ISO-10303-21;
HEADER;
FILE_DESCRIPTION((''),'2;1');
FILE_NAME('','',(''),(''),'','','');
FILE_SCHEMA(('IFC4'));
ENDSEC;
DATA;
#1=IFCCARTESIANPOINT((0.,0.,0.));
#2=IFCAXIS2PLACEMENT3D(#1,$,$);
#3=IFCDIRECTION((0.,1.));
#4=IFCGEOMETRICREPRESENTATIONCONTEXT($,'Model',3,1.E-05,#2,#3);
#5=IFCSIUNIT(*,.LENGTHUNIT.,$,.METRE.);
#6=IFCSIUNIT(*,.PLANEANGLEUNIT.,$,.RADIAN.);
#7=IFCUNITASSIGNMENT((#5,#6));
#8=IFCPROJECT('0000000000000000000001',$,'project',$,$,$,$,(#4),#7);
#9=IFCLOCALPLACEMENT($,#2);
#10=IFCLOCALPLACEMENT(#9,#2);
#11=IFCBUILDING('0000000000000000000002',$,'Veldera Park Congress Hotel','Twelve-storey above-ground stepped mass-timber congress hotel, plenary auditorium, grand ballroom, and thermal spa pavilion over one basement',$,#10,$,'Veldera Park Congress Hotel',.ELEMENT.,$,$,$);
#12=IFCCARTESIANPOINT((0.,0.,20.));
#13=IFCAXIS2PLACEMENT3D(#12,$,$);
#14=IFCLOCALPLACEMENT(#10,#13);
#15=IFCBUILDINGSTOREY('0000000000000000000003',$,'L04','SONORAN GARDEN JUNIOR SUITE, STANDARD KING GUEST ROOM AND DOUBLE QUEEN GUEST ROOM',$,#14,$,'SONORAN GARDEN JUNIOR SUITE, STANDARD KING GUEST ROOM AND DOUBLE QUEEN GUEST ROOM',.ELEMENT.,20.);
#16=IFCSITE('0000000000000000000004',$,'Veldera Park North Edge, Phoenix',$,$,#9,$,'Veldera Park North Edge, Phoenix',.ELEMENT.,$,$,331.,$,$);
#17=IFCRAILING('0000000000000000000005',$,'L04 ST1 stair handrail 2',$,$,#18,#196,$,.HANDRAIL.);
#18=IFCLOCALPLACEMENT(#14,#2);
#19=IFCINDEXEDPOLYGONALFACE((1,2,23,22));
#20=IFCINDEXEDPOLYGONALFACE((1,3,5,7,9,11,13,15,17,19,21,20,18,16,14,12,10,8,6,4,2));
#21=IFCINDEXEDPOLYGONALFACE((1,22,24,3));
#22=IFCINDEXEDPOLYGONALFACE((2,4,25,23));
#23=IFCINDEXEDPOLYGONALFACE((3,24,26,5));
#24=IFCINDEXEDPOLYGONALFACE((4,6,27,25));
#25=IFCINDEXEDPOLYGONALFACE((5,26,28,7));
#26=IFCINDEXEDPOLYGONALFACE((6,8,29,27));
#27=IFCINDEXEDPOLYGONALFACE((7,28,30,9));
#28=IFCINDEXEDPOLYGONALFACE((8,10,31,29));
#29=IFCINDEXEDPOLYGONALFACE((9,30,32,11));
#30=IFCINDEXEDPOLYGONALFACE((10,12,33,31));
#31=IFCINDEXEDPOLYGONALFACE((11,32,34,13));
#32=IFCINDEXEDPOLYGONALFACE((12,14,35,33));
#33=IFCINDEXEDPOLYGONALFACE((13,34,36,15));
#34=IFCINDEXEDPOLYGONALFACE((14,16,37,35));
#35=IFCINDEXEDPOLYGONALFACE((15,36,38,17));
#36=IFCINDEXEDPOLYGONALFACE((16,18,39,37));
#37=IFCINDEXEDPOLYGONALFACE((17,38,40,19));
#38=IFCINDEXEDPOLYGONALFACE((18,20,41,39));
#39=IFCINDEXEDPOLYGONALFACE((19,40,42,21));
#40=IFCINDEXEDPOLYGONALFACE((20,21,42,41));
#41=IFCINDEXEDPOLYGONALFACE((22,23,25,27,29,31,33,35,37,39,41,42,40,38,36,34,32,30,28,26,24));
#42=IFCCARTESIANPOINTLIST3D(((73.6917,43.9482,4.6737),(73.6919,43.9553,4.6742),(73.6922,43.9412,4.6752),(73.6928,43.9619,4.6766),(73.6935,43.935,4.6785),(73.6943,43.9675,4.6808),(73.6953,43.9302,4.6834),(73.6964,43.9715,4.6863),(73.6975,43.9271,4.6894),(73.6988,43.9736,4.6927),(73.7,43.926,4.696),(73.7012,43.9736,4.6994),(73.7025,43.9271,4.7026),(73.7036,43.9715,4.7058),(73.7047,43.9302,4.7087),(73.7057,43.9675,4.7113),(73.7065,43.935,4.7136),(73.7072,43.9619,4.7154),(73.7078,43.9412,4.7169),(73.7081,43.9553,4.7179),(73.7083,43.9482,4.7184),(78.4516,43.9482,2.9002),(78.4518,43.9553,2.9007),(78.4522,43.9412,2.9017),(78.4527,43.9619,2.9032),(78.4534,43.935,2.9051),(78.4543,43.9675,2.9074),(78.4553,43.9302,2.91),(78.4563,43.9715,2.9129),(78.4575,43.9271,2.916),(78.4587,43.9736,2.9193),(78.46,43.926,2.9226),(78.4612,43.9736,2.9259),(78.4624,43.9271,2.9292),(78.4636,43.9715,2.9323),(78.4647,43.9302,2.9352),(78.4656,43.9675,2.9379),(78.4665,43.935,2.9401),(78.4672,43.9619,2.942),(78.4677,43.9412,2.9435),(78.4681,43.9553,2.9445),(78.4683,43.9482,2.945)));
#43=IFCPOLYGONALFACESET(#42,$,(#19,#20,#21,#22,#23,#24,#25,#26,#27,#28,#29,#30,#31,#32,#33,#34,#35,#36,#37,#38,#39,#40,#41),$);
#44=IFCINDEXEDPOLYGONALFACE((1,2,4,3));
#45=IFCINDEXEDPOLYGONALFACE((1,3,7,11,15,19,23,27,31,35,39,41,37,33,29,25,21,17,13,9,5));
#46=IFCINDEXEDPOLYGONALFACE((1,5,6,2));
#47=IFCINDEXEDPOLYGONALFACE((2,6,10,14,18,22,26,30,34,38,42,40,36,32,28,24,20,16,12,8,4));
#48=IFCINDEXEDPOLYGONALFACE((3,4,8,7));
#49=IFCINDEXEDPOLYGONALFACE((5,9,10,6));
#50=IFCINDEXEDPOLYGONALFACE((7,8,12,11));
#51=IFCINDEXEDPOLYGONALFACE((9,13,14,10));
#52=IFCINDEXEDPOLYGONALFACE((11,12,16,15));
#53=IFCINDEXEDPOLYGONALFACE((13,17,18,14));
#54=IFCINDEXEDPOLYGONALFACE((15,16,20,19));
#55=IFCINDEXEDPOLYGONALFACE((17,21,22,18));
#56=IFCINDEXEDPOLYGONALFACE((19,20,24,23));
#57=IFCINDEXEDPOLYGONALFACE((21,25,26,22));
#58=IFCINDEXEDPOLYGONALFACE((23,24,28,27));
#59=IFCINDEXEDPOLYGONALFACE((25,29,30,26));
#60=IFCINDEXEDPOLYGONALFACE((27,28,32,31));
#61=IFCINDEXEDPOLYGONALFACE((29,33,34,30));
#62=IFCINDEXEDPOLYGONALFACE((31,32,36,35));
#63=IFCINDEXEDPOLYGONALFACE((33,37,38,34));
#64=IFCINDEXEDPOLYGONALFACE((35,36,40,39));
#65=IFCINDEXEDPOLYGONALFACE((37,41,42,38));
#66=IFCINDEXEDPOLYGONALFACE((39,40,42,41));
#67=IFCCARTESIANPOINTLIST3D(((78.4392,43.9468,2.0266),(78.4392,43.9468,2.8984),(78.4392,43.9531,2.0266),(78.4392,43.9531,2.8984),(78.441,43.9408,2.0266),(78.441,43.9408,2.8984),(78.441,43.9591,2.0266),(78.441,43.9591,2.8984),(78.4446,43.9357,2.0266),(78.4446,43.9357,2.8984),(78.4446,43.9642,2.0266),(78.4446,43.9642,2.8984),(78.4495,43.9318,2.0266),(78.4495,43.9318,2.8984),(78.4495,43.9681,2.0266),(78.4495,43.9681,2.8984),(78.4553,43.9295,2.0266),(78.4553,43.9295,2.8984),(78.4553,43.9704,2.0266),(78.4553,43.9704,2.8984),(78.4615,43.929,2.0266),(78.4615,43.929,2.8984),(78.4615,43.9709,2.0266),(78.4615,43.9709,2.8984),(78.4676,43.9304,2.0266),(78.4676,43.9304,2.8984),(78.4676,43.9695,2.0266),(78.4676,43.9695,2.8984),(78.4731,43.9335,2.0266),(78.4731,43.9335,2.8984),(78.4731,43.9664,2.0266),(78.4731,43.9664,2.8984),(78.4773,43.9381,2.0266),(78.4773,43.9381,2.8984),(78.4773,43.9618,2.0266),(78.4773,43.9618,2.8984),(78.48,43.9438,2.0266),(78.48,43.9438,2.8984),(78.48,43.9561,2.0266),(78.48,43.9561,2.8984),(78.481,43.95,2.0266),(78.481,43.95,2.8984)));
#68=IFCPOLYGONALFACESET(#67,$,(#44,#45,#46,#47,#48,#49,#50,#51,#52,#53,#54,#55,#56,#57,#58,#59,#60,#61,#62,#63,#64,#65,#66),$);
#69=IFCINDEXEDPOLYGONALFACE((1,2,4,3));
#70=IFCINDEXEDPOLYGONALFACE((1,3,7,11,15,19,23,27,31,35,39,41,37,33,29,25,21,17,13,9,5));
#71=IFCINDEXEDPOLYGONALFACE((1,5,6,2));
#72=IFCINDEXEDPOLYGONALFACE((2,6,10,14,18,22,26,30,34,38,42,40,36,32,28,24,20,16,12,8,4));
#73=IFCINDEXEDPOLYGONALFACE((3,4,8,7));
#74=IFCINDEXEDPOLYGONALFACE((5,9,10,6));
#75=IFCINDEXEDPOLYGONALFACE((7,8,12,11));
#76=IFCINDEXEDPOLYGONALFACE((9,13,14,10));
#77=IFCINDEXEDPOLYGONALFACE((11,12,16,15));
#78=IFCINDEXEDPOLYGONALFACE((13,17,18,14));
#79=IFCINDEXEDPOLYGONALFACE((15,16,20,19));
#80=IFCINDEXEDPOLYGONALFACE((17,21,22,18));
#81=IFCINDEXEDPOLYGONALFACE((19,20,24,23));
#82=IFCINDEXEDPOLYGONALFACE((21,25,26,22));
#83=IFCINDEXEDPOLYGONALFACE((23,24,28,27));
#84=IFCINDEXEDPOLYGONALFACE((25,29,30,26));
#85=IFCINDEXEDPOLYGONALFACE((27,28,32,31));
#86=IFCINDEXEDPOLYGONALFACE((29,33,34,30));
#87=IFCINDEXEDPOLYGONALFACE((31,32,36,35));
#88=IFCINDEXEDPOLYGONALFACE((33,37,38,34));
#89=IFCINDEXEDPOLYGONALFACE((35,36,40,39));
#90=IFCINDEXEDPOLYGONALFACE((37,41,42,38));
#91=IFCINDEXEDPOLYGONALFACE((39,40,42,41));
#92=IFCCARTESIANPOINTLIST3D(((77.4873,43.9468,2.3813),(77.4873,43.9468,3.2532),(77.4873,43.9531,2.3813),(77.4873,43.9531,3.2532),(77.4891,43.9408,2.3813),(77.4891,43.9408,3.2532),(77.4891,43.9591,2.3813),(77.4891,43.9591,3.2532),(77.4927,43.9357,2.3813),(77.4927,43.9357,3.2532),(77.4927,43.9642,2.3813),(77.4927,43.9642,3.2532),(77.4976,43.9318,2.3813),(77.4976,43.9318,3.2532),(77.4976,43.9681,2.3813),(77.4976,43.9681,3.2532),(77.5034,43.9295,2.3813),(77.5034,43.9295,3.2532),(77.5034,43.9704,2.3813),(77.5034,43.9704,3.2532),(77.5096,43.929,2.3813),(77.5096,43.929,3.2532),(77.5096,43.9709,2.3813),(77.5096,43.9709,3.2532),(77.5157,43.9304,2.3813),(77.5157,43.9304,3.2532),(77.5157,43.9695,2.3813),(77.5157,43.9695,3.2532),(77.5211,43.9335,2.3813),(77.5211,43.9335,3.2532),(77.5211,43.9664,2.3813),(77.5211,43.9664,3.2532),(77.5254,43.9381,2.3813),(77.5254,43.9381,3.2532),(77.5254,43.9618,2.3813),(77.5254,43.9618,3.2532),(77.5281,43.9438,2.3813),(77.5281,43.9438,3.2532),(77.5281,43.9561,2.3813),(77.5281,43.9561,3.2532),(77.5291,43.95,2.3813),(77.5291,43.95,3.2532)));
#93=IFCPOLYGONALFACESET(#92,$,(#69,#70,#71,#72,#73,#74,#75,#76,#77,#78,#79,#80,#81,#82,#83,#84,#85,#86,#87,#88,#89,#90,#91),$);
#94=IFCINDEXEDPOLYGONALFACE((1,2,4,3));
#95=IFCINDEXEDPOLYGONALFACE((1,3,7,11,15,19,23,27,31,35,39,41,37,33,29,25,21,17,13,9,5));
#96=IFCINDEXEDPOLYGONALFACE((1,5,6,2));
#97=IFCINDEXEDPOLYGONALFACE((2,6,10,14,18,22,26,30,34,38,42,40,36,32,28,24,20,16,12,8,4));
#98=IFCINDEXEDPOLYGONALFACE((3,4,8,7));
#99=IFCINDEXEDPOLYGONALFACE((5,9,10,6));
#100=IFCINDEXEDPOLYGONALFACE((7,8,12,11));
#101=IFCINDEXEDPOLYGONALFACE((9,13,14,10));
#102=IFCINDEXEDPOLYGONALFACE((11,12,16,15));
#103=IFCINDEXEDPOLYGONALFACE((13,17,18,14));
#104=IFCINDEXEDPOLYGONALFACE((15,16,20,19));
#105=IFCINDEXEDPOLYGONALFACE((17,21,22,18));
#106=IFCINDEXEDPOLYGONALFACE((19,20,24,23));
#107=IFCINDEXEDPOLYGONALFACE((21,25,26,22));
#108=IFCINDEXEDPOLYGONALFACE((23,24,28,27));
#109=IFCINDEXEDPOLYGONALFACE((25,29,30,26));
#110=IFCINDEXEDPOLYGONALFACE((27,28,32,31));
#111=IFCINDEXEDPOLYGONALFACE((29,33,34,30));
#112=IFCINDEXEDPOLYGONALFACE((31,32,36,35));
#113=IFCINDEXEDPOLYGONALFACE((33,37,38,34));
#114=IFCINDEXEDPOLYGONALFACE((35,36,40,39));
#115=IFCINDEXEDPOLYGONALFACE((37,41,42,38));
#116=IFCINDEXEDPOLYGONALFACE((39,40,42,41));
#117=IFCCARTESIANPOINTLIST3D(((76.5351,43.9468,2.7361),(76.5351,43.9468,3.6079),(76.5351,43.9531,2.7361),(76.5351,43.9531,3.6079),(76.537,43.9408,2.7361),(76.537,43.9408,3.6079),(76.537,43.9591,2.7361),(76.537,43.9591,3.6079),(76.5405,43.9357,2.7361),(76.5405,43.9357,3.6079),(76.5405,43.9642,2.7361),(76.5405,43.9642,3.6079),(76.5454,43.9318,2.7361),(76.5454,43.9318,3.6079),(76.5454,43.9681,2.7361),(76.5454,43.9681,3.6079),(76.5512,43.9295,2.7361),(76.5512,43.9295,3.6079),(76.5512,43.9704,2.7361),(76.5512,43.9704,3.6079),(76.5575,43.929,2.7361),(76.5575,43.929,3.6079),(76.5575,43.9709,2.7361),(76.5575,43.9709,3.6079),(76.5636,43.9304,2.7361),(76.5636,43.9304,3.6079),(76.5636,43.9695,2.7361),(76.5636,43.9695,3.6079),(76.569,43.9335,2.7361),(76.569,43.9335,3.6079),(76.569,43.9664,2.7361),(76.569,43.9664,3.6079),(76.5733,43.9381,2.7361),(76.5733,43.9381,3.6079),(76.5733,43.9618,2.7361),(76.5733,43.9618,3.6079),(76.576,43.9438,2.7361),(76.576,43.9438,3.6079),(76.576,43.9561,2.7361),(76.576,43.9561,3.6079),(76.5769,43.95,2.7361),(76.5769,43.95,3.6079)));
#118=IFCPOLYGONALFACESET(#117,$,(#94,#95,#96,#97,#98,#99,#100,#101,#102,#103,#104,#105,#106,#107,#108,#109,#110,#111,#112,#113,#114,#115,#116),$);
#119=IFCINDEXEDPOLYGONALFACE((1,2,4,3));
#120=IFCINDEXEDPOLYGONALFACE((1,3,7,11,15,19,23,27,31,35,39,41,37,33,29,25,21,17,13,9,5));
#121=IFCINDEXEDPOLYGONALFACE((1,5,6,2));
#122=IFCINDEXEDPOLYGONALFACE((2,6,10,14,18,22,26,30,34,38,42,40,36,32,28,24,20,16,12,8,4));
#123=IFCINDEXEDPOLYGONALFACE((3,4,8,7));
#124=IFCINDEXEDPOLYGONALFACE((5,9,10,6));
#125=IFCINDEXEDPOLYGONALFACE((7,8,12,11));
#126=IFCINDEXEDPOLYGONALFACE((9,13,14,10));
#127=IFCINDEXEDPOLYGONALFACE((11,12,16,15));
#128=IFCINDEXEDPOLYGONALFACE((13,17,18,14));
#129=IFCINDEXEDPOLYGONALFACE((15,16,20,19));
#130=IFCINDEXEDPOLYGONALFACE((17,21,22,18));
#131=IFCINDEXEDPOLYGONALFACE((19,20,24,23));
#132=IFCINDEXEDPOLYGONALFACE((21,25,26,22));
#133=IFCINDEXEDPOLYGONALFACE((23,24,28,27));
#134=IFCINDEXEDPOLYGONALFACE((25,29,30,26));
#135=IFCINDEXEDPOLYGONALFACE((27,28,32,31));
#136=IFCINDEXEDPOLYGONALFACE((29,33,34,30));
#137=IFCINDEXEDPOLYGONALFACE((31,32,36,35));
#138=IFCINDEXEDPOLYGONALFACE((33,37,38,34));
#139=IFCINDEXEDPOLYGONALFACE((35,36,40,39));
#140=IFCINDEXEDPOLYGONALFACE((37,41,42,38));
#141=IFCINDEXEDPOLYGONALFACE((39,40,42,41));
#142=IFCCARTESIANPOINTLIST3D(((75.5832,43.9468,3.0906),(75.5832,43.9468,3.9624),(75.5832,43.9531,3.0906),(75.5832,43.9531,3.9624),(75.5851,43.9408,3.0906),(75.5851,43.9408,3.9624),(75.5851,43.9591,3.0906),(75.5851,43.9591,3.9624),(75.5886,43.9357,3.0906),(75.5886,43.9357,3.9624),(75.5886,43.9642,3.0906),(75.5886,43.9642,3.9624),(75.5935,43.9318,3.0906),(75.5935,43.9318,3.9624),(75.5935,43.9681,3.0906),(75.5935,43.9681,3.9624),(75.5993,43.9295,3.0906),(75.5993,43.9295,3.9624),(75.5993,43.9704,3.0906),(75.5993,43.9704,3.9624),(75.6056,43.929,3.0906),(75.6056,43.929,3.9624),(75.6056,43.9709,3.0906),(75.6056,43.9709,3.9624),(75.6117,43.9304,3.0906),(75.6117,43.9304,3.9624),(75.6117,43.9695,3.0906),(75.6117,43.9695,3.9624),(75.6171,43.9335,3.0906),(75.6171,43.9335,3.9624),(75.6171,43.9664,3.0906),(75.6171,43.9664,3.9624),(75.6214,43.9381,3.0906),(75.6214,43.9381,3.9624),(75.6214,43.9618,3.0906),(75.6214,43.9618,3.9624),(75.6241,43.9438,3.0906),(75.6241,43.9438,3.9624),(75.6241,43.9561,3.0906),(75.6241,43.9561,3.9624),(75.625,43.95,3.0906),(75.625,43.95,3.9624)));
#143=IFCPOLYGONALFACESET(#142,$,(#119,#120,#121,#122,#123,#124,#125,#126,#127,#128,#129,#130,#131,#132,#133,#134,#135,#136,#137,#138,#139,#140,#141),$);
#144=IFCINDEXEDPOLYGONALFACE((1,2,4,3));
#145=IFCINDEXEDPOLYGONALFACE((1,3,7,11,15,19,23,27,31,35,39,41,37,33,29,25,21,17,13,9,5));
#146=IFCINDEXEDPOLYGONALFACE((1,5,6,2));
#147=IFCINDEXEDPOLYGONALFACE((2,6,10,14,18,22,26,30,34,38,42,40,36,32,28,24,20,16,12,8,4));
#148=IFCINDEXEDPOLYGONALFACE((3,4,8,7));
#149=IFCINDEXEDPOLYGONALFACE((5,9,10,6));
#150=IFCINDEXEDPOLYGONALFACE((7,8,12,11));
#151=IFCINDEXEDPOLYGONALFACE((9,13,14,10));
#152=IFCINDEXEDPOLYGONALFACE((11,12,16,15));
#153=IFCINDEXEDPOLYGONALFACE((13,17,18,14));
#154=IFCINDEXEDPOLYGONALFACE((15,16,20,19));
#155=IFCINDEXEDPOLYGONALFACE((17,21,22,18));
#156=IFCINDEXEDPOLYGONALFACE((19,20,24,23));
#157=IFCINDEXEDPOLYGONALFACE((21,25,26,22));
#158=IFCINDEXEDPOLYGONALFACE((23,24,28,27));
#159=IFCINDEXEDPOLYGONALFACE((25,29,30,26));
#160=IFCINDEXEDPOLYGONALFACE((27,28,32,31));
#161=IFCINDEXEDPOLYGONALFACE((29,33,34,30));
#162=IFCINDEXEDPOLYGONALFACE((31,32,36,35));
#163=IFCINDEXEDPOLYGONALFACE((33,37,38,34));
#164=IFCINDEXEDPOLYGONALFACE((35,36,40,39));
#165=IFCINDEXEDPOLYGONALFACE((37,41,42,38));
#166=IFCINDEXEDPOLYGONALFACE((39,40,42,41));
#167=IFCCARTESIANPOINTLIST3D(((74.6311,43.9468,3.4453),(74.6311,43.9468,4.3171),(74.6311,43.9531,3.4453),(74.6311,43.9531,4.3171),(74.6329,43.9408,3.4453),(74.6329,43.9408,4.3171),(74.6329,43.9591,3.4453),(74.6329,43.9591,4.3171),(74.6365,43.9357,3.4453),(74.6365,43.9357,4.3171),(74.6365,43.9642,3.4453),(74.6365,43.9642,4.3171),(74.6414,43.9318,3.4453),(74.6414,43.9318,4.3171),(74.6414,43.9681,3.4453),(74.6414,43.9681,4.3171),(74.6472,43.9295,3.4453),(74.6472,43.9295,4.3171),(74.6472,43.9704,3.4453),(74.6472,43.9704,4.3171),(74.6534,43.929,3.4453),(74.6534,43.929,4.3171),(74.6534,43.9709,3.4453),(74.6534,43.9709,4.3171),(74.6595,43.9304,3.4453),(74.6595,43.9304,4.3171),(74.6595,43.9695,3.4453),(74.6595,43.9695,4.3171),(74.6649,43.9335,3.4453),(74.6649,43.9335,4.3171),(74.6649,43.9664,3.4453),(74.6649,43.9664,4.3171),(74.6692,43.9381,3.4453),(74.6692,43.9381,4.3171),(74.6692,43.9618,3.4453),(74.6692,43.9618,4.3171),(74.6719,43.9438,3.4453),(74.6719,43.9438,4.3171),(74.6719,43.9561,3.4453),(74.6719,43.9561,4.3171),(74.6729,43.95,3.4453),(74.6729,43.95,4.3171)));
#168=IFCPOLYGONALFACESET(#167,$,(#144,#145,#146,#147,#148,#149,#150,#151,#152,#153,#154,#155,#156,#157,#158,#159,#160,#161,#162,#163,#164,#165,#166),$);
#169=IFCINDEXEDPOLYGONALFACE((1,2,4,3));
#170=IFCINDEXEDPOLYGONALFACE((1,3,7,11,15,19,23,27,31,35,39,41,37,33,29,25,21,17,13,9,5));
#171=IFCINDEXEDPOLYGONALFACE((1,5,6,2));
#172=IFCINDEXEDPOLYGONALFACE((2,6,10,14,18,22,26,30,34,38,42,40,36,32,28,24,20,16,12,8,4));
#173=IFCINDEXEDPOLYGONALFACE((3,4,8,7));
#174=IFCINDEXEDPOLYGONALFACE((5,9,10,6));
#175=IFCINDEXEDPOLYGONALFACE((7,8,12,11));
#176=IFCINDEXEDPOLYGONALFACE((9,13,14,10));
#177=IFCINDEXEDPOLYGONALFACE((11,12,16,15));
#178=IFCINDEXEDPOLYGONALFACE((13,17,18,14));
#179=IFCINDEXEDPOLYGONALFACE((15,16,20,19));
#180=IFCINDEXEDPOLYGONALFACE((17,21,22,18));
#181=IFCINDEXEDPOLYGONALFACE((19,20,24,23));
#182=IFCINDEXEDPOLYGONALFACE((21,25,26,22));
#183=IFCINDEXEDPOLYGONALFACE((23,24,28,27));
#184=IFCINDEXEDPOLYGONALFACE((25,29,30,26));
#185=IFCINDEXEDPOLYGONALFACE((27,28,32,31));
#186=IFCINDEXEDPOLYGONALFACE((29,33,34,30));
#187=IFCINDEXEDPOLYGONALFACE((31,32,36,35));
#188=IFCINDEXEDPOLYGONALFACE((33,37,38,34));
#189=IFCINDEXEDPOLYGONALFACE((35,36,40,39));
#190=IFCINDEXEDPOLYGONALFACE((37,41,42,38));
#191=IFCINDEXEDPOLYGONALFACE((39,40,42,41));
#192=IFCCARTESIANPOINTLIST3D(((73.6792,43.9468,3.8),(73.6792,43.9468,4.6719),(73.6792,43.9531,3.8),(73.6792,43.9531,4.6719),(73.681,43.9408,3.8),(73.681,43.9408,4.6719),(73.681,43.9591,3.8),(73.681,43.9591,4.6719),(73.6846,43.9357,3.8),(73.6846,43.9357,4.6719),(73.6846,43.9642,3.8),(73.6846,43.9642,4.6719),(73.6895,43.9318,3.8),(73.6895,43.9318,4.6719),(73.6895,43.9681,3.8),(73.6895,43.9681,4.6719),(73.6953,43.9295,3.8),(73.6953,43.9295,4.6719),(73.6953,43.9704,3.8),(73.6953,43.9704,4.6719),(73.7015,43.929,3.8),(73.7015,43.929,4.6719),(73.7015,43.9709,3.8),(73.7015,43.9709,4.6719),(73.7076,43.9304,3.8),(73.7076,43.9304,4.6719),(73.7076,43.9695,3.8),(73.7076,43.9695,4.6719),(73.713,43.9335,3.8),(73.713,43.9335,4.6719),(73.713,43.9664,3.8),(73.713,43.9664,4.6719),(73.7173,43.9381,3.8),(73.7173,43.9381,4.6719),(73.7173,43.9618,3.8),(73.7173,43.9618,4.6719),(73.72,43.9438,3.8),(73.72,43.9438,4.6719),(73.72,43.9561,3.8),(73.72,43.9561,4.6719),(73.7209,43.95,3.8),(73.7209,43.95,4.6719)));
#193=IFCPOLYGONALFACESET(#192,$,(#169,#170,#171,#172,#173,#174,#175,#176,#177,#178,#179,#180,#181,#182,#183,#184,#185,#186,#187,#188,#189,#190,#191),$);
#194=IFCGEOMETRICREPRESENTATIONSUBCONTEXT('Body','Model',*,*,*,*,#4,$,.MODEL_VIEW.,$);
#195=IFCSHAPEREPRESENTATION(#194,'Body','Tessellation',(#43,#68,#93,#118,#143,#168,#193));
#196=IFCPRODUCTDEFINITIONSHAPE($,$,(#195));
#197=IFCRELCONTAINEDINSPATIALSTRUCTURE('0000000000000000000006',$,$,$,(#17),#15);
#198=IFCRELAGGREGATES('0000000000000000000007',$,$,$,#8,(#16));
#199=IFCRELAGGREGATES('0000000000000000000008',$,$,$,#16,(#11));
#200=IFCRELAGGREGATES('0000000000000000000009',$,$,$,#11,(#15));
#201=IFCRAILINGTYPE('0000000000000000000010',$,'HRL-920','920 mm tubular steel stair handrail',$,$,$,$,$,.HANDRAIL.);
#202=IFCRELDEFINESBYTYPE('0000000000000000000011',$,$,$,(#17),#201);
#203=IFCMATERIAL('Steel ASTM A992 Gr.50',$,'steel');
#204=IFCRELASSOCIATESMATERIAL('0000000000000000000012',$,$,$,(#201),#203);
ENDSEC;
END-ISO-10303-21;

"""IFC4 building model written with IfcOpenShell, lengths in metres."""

from ifc_helpers import new_model, si_unit, direction, frame, origin, origin_2d, place, context, subcontext, project, spatial, circle, extrude, material, type_object, element, save


model = new_model("IFC4")

# Units and contexts
model_context = context("Model", 3, precision=1e-05, world=origin(), true_north=direction((0.0, 1.0)))
body_context = subcontext(model_context, "Body", "Model", "MODEL_VIEW")
ifc_project = project(units=[si_unit("LENGTHUNIT", "METRE"), si_unit("PLANEANGLEUNIT", "RADIAN")], contexts=[model_context])

# Site, building, storey
site_placement = place(None, origin())
site = spatial("IfcSite", under=ifc_project, at=site_placement, Name="Veldera Park North Edge, Phoenix", LongName="Veldera Park North Edge, Phoenix", CompositionType="ELEMENT", RefElevation=331.0)
building_placement = place(site_placement, origin())
building = spatial("IfcBuilding", under=site, at=building_placement, Name="Veldera Park Congress Hotel", Description="Twelve-storey above-ground stepped mass-timber congress hotel, plenary auditorium, grand ballroom, and thermal spa pavilion over one basement", LongName="Veldera Park Congress Hotel", CompositionType="ELEMENT")
storey_placement = place(building_placement, frame((0.0, 0.0, 20.0)))
storey = spatial("IfcBuildingStorey", under=building, at=storey_placement, Name="L04", Description="SONORAN GARDEN JUNIOR SUITE, STANDARD KING GUEST ROOM AND DOUBLE QUEEN GUEST ROOM", LongName="SONORAN GARDEN JUNIOR SUITE, STANDARD KING GUEST ROOM AND DOUBLE QUEEN GUEST ROOM", CompositionType="ELEMENT", Elevation=20.0)

# Railing
ifc_material_1 = material(Name="Steel ASTM A992 Gr.50", Category="steel")
railing_type_1 = type_object("IfcRailingType", Name="HRL-920", Description="920 mm tubular steel stair handrail", PredefinedType="HANDRAIL", material=ifc_material_1)
railing_1_placement = place(storey_placement, frame((78.46, 43.95, 2.0266)))
element("IfcRailing", 1, at=railing_1_placement, inside=storey, type_object=railing_type_1, Name="L04 ST1 stair handrail 2", PredefinedType="HANDRAIL", context=body_context, shape_type="SweptSolid", body=[
    extrude(circle(Radius=0.0239, at=origin_2d()), frame((0.0, 0.0, 0.896), z_axis=(-0.937076, 0.0, 0.349126), x_axis=(0.0, -1.0, 0.0)), (0.0, 0.0, 1.0), 5.0796),
    extrude(circle(Radius=0.021, at=origin_2d()), origin(), (0.0, 0.0, 1.0), 0.8718),
    extrude(circle(Radius=0.021, at=origin_2d()), frame((-0.9519, 0.0, 0.3547)), (0.0, 0.0, 1.0), 0.8718),
    extrude(circle(Radius=0.021, at=origin_2d()), frame((-1.9041, 0.0, 0.7095)), (0.0, 0.0, 1.0), 0.8718),
    extrude(circle(Radius=0.021, at=origin_2d()), frame((-2.856, 0.0, 1.064)), (0.0, 0.0, 1.0), 0.8718),
    extrude(circle(Radius=0.021, at=origin_2d()), frame((-3.8081, 0.0, 1.4187)), (0.0, 0.0, 1.0), 0.8718),
    extrude(circle(Radius=0.021, at=origin_2d()), frame((-4.76, 0.0, 1.7734)), (0.0, 0.0, 1.0), 0.8718),
])

save(model, "model.ifc")
